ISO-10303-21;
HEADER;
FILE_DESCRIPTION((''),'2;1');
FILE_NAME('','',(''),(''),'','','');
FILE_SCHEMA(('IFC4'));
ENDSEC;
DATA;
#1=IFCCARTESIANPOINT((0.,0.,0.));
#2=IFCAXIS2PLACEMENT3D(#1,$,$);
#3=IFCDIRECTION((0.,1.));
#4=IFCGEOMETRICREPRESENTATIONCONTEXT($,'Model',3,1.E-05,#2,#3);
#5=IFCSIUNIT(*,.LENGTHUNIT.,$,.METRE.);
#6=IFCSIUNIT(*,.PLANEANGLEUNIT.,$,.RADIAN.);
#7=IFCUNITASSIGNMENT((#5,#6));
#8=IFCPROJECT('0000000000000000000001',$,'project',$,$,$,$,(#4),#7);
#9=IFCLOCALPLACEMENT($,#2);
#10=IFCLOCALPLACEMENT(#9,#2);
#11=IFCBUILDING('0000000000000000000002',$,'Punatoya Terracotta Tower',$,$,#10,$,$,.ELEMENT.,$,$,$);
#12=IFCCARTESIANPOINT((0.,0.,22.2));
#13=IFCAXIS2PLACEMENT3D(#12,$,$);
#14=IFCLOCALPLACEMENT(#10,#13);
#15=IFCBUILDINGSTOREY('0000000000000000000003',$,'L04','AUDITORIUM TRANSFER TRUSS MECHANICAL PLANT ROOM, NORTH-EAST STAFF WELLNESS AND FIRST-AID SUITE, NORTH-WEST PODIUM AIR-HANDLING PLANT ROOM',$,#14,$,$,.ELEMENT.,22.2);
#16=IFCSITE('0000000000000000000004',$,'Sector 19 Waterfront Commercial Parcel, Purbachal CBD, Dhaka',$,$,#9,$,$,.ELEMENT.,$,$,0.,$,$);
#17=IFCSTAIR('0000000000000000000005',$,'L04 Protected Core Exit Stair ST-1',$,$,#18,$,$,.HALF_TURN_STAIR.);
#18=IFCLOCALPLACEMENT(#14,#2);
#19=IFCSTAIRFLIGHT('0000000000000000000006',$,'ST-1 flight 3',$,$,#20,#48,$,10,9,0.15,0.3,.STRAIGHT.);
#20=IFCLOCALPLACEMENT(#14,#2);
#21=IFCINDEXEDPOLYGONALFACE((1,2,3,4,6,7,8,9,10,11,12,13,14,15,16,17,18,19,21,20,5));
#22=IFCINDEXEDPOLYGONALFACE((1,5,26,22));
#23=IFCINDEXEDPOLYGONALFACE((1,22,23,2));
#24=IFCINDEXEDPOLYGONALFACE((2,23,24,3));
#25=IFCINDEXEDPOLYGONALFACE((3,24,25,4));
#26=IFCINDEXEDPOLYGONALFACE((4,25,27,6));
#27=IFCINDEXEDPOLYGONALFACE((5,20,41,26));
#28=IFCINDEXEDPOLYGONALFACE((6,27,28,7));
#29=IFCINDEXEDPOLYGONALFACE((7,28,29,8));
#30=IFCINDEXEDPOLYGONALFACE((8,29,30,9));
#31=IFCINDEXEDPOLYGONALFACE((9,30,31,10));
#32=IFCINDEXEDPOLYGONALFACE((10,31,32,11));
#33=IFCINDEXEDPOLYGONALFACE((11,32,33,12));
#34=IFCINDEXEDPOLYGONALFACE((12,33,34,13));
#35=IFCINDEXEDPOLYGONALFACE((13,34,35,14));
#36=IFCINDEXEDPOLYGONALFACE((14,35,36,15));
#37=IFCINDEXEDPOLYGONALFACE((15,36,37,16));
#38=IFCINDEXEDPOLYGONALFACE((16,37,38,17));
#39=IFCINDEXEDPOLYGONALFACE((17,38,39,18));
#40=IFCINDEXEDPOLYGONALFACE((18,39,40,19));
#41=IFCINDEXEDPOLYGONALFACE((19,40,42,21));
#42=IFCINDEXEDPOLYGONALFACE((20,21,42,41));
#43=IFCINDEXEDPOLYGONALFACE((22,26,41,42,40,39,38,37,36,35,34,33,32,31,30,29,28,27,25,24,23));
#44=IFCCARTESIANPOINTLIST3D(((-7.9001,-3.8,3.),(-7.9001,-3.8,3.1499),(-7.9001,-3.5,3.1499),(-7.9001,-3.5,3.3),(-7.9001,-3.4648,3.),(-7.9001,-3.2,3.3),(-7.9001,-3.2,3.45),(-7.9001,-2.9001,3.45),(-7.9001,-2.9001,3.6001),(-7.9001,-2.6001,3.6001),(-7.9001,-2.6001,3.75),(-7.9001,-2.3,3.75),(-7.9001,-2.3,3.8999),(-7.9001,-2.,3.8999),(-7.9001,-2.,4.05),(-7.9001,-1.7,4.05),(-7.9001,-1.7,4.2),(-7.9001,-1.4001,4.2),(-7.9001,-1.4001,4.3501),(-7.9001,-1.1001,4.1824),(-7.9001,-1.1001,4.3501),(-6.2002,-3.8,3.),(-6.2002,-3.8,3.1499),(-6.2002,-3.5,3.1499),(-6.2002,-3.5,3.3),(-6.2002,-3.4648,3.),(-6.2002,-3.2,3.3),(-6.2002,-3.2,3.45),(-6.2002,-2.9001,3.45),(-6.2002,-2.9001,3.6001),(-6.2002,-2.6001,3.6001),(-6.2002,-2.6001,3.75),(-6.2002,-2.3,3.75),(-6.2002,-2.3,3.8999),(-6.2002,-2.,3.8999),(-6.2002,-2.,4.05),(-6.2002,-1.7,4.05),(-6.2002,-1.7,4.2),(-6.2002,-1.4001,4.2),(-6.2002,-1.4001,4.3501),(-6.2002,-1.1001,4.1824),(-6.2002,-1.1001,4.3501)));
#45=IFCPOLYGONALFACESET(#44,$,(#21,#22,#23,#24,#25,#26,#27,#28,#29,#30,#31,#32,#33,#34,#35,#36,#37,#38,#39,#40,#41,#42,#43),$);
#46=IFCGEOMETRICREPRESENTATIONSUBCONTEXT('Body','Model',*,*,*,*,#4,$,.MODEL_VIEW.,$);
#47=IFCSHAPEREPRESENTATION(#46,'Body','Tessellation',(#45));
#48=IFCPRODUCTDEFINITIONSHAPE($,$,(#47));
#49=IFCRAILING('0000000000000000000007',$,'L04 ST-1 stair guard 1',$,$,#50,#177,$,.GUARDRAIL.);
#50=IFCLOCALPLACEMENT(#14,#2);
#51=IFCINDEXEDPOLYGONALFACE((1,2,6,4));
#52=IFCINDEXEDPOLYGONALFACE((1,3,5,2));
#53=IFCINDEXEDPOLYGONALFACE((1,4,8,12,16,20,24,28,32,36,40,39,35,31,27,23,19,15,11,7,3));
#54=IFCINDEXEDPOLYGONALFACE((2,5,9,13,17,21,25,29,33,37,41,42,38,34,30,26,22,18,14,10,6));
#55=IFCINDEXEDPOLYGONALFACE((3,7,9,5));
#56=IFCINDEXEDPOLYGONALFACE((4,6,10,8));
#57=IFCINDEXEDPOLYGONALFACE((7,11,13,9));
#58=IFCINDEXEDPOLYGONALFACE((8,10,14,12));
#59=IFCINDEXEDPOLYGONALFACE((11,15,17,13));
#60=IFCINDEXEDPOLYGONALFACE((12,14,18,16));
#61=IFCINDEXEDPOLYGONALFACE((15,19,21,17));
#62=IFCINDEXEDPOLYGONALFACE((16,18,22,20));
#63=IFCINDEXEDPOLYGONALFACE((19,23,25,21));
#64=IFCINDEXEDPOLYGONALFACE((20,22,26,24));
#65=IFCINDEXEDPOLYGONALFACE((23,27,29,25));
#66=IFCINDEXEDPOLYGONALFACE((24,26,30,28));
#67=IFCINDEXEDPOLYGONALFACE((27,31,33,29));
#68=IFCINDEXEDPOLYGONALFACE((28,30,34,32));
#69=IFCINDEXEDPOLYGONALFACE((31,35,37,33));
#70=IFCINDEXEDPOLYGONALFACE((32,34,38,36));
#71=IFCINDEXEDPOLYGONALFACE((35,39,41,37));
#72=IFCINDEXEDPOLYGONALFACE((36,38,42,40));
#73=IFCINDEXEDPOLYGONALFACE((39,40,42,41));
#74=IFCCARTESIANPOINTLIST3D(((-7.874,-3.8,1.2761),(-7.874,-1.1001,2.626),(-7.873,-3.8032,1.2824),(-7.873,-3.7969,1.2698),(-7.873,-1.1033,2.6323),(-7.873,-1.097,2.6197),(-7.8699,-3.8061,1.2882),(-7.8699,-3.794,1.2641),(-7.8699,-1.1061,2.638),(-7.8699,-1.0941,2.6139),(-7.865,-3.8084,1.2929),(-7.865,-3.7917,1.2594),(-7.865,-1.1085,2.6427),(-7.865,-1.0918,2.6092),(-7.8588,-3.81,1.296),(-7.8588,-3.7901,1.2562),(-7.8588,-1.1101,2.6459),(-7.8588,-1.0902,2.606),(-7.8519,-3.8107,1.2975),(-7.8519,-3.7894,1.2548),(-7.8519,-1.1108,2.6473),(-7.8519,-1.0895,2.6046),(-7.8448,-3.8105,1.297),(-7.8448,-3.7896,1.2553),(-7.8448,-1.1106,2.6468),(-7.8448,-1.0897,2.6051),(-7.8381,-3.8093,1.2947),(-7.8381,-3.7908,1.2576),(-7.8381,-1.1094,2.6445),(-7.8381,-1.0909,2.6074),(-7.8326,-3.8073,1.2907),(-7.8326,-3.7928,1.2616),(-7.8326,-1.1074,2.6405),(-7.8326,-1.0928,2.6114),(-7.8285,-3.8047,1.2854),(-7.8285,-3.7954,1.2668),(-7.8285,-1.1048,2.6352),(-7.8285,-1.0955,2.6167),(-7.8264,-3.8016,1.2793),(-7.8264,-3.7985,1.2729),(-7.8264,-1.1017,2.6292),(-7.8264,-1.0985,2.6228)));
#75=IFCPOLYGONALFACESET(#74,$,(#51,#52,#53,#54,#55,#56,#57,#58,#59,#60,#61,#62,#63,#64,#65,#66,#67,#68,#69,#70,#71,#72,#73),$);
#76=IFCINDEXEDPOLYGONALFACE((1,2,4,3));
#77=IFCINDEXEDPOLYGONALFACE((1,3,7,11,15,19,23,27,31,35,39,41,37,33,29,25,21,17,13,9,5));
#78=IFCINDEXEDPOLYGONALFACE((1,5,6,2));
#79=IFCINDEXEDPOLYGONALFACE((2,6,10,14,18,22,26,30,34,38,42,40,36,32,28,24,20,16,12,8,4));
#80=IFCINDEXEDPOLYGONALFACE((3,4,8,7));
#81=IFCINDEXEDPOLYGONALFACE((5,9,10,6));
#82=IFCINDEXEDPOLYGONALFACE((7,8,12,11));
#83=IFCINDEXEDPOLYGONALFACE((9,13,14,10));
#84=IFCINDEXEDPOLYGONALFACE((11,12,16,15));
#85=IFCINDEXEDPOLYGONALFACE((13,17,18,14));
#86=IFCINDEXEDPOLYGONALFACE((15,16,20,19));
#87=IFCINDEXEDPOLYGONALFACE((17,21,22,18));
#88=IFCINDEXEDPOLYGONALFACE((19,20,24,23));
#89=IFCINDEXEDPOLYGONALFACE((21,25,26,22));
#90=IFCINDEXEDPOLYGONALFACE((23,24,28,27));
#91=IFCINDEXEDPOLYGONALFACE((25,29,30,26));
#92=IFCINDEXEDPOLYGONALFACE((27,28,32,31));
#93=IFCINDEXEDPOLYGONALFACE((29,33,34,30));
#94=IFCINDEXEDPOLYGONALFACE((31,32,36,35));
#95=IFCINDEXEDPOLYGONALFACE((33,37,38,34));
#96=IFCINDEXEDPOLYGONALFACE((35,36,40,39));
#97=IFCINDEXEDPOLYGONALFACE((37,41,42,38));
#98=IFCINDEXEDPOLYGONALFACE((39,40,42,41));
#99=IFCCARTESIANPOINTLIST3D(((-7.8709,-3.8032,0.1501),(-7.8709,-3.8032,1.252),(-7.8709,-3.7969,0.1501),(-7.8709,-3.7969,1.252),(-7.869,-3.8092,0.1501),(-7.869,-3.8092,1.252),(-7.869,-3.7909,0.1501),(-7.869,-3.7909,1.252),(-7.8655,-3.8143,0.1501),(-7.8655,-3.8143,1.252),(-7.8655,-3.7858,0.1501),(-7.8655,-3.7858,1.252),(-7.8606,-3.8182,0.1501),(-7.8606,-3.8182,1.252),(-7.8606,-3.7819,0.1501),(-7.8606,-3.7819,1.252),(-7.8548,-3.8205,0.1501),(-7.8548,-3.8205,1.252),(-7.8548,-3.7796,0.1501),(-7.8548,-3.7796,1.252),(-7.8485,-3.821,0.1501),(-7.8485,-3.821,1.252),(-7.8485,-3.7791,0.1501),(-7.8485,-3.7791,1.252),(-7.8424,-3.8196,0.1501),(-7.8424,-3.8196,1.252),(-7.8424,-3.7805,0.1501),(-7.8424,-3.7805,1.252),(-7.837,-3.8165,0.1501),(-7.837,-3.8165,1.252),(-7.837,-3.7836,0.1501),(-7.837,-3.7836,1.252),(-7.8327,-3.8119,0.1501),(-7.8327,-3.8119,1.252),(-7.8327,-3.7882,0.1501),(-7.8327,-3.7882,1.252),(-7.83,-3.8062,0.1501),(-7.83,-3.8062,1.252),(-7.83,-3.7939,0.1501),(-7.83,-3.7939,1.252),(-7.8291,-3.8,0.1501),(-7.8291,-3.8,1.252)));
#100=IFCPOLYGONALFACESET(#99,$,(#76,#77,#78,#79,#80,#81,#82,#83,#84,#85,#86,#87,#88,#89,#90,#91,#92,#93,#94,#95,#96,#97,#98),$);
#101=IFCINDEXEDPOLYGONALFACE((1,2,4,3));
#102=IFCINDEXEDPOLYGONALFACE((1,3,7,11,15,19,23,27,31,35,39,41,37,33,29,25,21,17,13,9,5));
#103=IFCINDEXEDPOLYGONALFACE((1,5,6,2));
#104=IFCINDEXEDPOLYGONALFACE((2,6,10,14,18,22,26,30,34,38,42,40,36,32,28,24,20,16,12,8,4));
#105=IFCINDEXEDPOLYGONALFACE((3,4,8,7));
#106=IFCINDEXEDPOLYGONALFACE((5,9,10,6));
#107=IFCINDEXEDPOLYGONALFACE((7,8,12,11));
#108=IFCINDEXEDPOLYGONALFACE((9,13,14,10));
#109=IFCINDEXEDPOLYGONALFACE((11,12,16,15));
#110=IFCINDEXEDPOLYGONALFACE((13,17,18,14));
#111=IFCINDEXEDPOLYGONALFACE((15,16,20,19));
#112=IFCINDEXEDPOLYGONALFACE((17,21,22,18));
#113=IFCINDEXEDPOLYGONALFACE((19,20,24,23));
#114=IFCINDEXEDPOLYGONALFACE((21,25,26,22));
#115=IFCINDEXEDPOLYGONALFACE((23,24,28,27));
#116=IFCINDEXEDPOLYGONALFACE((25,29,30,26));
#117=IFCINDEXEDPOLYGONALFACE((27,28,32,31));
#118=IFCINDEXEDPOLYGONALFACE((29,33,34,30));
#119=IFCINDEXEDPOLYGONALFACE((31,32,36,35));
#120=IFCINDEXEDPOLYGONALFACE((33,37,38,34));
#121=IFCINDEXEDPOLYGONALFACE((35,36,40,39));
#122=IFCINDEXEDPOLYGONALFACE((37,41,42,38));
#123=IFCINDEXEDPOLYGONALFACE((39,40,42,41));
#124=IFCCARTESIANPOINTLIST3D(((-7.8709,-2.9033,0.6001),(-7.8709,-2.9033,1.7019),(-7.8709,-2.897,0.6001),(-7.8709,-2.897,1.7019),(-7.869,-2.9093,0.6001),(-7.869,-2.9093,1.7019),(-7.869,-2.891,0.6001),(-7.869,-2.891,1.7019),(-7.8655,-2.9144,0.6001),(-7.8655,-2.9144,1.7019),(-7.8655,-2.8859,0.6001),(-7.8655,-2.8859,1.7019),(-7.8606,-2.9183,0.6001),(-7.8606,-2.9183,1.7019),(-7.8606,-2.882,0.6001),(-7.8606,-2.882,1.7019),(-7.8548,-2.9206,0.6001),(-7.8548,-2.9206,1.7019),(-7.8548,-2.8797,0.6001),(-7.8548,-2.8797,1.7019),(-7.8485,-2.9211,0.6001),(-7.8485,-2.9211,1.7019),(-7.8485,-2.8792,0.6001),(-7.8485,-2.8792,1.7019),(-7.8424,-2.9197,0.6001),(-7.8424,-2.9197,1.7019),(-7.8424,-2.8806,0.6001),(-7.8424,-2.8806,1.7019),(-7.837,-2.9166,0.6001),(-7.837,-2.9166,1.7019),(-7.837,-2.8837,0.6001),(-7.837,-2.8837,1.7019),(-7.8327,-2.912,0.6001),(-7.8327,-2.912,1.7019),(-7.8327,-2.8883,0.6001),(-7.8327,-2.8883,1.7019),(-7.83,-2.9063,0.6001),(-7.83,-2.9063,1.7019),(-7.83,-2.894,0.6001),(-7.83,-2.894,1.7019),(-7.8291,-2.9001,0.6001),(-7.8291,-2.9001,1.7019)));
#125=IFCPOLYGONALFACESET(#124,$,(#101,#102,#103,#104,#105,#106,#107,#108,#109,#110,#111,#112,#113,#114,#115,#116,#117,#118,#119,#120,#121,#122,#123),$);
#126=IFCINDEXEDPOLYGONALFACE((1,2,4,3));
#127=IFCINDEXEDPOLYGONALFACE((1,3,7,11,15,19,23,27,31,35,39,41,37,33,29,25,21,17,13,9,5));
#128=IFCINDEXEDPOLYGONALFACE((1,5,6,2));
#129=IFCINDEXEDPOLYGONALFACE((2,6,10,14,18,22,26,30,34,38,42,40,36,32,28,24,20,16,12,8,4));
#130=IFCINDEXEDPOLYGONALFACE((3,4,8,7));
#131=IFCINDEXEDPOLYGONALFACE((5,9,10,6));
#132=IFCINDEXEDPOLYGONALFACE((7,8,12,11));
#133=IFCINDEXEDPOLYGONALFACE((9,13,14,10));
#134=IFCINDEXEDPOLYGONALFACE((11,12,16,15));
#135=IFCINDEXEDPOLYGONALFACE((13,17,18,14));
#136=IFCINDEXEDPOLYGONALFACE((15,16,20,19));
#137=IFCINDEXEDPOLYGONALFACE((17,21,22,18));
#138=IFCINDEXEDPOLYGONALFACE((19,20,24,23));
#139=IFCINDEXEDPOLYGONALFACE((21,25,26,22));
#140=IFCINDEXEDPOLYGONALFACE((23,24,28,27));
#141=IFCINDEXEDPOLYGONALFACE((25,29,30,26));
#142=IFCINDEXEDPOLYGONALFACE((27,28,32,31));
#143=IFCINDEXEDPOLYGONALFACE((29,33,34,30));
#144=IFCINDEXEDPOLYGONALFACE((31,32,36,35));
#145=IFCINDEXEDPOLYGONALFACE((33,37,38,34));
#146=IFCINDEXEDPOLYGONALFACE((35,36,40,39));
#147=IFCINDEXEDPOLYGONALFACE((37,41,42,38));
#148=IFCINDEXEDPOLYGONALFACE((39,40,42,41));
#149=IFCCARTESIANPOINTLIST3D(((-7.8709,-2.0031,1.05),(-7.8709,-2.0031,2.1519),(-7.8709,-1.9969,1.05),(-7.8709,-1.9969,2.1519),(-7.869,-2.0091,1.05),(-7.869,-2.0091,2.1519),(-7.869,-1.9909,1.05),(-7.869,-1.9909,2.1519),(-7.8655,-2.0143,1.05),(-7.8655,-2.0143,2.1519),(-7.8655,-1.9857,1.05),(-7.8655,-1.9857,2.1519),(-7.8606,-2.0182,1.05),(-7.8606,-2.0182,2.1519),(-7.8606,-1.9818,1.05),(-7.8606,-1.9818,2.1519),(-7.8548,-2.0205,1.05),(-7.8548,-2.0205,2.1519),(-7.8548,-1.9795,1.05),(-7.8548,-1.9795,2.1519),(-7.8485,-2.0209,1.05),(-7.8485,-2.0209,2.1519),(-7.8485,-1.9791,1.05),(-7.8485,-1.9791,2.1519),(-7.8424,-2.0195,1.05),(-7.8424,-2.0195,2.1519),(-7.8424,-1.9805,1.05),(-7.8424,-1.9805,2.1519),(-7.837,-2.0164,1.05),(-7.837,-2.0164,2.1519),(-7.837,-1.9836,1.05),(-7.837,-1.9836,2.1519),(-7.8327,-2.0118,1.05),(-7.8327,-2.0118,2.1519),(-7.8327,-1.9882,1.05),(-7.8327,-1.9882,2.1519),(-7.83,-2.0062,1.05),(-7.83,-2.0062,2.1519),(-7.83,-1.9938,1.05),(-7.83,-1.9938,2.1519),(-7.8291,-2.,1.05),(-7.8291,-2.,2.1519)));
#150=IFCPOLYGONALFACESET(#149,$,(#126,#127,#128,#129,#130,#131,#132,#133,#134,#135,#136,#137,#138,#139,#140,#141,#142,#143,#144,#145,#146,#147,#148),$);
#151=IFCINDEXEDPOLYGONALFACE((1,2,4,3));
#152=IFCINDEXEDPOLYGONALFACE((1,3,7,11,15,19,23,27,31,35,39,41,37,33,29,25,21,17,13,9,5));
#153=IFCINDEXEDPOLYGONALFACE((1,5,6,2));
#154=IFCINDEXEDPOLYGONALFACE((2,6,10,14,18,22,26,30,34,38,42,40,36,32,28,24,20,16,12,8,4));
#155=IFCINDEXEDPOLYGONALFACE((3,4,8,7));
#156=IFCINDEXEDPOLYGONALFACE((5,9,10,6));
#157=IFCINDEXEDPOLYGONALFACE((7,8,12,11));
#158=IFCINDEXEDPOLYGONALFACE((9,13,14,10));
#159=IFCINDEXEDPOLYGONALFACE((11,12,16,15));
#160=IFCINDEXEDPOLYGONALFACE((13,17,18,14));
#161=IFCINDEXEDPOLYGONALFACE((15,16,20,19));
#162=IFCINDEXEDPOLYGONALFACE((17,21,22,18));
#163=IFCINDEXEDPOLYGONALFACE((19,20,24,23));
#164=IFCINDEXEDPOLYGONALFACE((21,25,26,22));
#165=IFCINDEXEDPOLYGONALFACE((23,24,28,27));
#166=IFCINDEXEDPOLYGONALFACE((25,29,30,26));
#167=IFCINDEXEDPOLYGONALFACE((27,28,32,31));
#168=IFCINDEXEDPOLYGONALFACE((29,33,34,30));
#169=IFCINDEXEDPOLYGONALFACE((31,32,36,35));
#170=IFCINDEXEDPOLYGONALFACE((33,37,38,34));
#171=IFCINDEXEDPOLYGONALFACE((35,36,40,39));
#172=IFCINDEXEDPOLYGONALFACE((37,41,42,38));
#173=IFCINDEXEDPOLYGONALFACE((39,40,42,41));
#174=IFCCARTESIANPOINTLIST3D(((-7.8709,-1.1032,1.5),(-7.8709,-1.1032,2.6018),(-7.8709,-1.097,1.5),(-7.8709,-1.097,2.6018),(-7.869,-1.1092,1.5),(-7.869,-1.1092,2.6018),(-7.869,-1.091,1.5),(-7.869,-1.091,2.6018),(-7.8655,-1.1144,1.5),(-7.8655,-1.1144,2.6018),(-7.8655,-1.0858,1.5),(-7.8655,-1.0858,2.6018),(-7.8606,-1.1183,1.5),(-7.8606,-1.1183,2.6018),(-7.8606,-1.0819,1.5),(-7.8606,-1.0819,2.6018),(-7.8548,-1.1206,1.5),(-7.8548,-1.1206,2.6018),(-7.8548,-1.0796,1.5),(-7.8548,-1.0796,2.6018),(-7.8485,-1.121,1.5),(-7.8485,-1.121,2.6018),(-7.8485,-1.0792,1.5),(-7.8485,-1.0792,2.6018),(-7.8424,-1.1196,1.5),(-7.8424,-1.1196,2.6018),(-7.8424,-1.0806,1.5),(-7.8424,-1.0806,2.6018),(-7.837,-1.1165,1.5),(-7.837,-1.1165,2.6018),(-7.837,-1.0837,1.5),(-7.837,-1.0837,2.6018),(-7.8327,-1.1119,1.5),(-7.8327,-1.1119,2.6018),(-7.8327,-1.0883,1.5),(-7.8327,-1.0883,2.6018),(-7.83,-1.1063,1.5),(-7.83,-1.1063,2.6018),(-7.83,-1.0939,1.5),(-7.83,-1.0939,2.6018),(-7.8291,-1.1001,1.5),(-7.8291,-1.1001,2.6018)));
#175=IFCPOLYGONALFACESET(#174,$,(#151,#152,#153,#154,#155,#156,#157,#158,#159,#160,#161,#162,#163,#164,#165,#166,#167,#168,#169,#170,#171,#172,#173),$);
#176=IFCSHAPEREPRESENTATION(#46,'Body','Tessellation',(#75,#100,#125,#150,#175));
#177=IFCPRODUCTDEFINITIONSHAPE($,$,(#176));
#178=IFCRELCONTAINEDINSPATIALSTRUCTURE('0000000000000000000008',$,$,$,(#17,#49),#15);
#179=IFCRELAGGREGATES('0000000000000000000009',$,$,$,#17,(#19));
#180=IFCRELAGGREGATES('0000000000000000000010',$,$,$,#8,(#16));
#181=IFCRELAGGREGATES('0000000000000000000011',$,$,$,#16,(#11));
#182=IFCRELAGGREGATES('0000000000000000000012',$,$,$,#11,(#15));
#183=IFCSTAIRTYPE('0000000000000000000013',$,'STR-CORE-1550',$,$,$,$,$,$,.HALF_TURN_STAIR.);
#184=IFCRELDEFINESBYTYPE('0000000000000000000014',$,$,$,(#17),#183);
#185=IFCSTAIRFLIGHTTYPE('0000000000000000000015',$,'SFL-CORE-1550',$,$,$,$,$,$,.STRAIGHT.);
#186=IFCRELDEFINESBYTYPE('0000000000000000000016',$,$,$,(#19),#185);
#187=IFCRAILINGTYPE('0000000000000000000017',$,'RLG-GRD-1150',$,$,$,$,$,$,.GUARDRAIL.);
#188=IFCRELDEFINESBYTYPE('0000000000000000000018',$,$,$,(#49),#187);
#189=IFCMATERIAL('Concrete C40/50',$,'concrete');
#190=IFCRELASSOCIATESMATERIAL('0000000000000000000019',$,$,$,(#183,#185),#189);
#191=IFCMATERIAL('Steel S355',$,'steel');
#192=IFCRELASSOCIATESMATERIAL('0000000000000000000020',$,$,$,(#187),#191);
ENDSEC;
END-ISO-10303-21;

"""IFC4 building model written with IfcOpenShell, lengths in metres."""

from ifc_helpers import new_model, si_unit, direction, frame, origin, origin_2d, place, context, subcontext, project, spatial, polyline, circle, outline, extrude, material, type_object, element, aggregate, save


model = new_model("IFC4")

# Units and contexts
model_context = context("Model", 3, precision=1e-05, world=origin(), true_north=direction((0.0, 1.0)))
body_context = subcontext(model_context, "Body", "Model", "MODEL_VIEW")
ifc_project = project(units=[si_unit("LENGTHUNIT", "METRE"), si_unit("PLANEANGLEUNIT", "RADIAN")], contexts=[model_context])

# Site, building, storey
site_placement = place(None, origin())
site = spatial("IfcSite", under=ifc_project, at=site_placement, Name="Sector 19 Waterfront Commercial Parcel, Purbachal CBD, Dhaka", CompositionType="ELEMENT", RefElevation=0.0)
building_placement = place(site_placement, origin())
building = spatial("IfcBuilding", under=site, at=building_placement, Name="Punatoya Terracotta Tower", CompositionType="ELEMENT")
storey_placement = place(building_placement, frame((0.0, 0.0, 22.2)))
storey = spatial("IfcBuildingStorey", under=building, at=storey_placement, Name="L04", Description="AUDITORIUM TRANSFER TRUSS MECHANICAL PLANT ROOM, NORTH-EAST STAFF WELLNESS AND FIRST-AID SUITE, NORTH-WEST PODIUM AIR-HANDLING PLANT ROOM", CompositionType="ELEMENT", Elevation=22.2)

# Shared definitions
ifc_material_1 = material(Name="Concrete C40/50", Category="concrete")

# Stair, stair flight
stair_type = type_object("IfcStairType", Name="STR-CORE-1550", PredefinedType="HALF_TURN_STAIR", material=ifc_material_1)
stair_placement = place(storey_placement, origin())
stair = element("IfcStair", 1, at=stair_placement, inside=storey, type_object=stair_type, Name="L04 Protected Core Exit Stair ST-1", PredefinedType="HALF_TURN_STAIR")
stair_flight_type = type_object("IfcStairFlightType", Name="SFL-CORE-1550", PredefinedType="STRAIGHT", material=ifc_material_1)
stair_flight_1_placement = place(storey_placement, frame((-7.05, -3.8, 3.0), z_axis=(0.0, 0.0, 1.0), x_axis=(0.0, 1.0, 0.0)))
stair_flight_1 = element("IfcStairFlight", 2, at=stair_flight_1_placement, type_object=stair_flight_type, Name="ST-1 flight 3", NumberOfRisers=10, NumberOfTreads=9, PredefinedType="STRAIGHT", RiserHeight=0.15, TreadLength=0.3, context=body_context, shape_type="SweptSolid", body=[
    extrude(outline(polyline([(0.0, 0.0), (0.0, 0.1499), (0.3, 0.1499), (0.3, 0.3), (0.6001, 0.3), (0.6001, 0.45), (0.8999, 0.45), (0.8999, 0.6001), (1.2, 0.6001), (1.2, 0.75), (1.5, 0.75), (1.5, 0.8999), (1.8, 0.8999), (1.8, 1.05), (2.1001, 1.05), (2.1001, 1.2), (2.3999, 1.2), (2.3999, 1.3501), (2.7, 1.3501), (2.7, 1.5), (2.7, 1.1824), (0.3352, 0.0), (0.0, 0.0)])), frame((0.0, 0.8501, 0.0), z_axis=(0.0, -1.0, 0.0), x_axis=(1.0, 0.0, 0.0)), (0.0, 0.0, 1.0), 1.7),
])
aggregate(stair, [stair_flight_1])

# Railing
ifc_material_2 = material(Name="Steel S355", Category="steel")
railing_type_1 = type_object("IfcRailingType", Name="RLG-GRD-1150", PredefinedType="GUARDRAIL", material=ifc_material_2)
railing_1_placement = place(storey_placement, frame((-7.8501, -3.8, 0.1501)))
element("IfcRailing", 3, at=railing_1_placement, inside=storey, type_object=railing_type_1, Name="L04 ST-1 stair guard 1", PredefinedType="GUARDRAIL", context=body_context, shape_type="SweptSolid", body=[
    extrude(circle(Radius=0.0239, at=origin_2d()), frame((0.0, 0.0, 1.126), z_axis=(0.0, 0.894443, 0.447181), x_axis=(-1.0, 0.0, 0.0)), (0.0, 0.0, 1.0), 3.0186),
    extrude(circle(Radius=0.021, at=origin_2d()), origin(), (0.0, 0.0, 1.0), 1.1018),
    extrude(circle(Radius=0.021, at=origin_2d()), frame((0.0, 0.8999, 0.45)), (0.0, 0.0, 1.0), 1.1018),
    extrude(circle(Radius=0.021, at=origin_2d()), frame((0.0, 1.8, 0.8999)), (0.0, 0.0, 1.0), 1.1018),
    extrude(circle(Radius=0.021, at=origin_2d()), frame((0.0, 2.7, 1.3499)), (0.0, 0.0, 1.0), 1.1018),
])

save(model, "model.ifc")
